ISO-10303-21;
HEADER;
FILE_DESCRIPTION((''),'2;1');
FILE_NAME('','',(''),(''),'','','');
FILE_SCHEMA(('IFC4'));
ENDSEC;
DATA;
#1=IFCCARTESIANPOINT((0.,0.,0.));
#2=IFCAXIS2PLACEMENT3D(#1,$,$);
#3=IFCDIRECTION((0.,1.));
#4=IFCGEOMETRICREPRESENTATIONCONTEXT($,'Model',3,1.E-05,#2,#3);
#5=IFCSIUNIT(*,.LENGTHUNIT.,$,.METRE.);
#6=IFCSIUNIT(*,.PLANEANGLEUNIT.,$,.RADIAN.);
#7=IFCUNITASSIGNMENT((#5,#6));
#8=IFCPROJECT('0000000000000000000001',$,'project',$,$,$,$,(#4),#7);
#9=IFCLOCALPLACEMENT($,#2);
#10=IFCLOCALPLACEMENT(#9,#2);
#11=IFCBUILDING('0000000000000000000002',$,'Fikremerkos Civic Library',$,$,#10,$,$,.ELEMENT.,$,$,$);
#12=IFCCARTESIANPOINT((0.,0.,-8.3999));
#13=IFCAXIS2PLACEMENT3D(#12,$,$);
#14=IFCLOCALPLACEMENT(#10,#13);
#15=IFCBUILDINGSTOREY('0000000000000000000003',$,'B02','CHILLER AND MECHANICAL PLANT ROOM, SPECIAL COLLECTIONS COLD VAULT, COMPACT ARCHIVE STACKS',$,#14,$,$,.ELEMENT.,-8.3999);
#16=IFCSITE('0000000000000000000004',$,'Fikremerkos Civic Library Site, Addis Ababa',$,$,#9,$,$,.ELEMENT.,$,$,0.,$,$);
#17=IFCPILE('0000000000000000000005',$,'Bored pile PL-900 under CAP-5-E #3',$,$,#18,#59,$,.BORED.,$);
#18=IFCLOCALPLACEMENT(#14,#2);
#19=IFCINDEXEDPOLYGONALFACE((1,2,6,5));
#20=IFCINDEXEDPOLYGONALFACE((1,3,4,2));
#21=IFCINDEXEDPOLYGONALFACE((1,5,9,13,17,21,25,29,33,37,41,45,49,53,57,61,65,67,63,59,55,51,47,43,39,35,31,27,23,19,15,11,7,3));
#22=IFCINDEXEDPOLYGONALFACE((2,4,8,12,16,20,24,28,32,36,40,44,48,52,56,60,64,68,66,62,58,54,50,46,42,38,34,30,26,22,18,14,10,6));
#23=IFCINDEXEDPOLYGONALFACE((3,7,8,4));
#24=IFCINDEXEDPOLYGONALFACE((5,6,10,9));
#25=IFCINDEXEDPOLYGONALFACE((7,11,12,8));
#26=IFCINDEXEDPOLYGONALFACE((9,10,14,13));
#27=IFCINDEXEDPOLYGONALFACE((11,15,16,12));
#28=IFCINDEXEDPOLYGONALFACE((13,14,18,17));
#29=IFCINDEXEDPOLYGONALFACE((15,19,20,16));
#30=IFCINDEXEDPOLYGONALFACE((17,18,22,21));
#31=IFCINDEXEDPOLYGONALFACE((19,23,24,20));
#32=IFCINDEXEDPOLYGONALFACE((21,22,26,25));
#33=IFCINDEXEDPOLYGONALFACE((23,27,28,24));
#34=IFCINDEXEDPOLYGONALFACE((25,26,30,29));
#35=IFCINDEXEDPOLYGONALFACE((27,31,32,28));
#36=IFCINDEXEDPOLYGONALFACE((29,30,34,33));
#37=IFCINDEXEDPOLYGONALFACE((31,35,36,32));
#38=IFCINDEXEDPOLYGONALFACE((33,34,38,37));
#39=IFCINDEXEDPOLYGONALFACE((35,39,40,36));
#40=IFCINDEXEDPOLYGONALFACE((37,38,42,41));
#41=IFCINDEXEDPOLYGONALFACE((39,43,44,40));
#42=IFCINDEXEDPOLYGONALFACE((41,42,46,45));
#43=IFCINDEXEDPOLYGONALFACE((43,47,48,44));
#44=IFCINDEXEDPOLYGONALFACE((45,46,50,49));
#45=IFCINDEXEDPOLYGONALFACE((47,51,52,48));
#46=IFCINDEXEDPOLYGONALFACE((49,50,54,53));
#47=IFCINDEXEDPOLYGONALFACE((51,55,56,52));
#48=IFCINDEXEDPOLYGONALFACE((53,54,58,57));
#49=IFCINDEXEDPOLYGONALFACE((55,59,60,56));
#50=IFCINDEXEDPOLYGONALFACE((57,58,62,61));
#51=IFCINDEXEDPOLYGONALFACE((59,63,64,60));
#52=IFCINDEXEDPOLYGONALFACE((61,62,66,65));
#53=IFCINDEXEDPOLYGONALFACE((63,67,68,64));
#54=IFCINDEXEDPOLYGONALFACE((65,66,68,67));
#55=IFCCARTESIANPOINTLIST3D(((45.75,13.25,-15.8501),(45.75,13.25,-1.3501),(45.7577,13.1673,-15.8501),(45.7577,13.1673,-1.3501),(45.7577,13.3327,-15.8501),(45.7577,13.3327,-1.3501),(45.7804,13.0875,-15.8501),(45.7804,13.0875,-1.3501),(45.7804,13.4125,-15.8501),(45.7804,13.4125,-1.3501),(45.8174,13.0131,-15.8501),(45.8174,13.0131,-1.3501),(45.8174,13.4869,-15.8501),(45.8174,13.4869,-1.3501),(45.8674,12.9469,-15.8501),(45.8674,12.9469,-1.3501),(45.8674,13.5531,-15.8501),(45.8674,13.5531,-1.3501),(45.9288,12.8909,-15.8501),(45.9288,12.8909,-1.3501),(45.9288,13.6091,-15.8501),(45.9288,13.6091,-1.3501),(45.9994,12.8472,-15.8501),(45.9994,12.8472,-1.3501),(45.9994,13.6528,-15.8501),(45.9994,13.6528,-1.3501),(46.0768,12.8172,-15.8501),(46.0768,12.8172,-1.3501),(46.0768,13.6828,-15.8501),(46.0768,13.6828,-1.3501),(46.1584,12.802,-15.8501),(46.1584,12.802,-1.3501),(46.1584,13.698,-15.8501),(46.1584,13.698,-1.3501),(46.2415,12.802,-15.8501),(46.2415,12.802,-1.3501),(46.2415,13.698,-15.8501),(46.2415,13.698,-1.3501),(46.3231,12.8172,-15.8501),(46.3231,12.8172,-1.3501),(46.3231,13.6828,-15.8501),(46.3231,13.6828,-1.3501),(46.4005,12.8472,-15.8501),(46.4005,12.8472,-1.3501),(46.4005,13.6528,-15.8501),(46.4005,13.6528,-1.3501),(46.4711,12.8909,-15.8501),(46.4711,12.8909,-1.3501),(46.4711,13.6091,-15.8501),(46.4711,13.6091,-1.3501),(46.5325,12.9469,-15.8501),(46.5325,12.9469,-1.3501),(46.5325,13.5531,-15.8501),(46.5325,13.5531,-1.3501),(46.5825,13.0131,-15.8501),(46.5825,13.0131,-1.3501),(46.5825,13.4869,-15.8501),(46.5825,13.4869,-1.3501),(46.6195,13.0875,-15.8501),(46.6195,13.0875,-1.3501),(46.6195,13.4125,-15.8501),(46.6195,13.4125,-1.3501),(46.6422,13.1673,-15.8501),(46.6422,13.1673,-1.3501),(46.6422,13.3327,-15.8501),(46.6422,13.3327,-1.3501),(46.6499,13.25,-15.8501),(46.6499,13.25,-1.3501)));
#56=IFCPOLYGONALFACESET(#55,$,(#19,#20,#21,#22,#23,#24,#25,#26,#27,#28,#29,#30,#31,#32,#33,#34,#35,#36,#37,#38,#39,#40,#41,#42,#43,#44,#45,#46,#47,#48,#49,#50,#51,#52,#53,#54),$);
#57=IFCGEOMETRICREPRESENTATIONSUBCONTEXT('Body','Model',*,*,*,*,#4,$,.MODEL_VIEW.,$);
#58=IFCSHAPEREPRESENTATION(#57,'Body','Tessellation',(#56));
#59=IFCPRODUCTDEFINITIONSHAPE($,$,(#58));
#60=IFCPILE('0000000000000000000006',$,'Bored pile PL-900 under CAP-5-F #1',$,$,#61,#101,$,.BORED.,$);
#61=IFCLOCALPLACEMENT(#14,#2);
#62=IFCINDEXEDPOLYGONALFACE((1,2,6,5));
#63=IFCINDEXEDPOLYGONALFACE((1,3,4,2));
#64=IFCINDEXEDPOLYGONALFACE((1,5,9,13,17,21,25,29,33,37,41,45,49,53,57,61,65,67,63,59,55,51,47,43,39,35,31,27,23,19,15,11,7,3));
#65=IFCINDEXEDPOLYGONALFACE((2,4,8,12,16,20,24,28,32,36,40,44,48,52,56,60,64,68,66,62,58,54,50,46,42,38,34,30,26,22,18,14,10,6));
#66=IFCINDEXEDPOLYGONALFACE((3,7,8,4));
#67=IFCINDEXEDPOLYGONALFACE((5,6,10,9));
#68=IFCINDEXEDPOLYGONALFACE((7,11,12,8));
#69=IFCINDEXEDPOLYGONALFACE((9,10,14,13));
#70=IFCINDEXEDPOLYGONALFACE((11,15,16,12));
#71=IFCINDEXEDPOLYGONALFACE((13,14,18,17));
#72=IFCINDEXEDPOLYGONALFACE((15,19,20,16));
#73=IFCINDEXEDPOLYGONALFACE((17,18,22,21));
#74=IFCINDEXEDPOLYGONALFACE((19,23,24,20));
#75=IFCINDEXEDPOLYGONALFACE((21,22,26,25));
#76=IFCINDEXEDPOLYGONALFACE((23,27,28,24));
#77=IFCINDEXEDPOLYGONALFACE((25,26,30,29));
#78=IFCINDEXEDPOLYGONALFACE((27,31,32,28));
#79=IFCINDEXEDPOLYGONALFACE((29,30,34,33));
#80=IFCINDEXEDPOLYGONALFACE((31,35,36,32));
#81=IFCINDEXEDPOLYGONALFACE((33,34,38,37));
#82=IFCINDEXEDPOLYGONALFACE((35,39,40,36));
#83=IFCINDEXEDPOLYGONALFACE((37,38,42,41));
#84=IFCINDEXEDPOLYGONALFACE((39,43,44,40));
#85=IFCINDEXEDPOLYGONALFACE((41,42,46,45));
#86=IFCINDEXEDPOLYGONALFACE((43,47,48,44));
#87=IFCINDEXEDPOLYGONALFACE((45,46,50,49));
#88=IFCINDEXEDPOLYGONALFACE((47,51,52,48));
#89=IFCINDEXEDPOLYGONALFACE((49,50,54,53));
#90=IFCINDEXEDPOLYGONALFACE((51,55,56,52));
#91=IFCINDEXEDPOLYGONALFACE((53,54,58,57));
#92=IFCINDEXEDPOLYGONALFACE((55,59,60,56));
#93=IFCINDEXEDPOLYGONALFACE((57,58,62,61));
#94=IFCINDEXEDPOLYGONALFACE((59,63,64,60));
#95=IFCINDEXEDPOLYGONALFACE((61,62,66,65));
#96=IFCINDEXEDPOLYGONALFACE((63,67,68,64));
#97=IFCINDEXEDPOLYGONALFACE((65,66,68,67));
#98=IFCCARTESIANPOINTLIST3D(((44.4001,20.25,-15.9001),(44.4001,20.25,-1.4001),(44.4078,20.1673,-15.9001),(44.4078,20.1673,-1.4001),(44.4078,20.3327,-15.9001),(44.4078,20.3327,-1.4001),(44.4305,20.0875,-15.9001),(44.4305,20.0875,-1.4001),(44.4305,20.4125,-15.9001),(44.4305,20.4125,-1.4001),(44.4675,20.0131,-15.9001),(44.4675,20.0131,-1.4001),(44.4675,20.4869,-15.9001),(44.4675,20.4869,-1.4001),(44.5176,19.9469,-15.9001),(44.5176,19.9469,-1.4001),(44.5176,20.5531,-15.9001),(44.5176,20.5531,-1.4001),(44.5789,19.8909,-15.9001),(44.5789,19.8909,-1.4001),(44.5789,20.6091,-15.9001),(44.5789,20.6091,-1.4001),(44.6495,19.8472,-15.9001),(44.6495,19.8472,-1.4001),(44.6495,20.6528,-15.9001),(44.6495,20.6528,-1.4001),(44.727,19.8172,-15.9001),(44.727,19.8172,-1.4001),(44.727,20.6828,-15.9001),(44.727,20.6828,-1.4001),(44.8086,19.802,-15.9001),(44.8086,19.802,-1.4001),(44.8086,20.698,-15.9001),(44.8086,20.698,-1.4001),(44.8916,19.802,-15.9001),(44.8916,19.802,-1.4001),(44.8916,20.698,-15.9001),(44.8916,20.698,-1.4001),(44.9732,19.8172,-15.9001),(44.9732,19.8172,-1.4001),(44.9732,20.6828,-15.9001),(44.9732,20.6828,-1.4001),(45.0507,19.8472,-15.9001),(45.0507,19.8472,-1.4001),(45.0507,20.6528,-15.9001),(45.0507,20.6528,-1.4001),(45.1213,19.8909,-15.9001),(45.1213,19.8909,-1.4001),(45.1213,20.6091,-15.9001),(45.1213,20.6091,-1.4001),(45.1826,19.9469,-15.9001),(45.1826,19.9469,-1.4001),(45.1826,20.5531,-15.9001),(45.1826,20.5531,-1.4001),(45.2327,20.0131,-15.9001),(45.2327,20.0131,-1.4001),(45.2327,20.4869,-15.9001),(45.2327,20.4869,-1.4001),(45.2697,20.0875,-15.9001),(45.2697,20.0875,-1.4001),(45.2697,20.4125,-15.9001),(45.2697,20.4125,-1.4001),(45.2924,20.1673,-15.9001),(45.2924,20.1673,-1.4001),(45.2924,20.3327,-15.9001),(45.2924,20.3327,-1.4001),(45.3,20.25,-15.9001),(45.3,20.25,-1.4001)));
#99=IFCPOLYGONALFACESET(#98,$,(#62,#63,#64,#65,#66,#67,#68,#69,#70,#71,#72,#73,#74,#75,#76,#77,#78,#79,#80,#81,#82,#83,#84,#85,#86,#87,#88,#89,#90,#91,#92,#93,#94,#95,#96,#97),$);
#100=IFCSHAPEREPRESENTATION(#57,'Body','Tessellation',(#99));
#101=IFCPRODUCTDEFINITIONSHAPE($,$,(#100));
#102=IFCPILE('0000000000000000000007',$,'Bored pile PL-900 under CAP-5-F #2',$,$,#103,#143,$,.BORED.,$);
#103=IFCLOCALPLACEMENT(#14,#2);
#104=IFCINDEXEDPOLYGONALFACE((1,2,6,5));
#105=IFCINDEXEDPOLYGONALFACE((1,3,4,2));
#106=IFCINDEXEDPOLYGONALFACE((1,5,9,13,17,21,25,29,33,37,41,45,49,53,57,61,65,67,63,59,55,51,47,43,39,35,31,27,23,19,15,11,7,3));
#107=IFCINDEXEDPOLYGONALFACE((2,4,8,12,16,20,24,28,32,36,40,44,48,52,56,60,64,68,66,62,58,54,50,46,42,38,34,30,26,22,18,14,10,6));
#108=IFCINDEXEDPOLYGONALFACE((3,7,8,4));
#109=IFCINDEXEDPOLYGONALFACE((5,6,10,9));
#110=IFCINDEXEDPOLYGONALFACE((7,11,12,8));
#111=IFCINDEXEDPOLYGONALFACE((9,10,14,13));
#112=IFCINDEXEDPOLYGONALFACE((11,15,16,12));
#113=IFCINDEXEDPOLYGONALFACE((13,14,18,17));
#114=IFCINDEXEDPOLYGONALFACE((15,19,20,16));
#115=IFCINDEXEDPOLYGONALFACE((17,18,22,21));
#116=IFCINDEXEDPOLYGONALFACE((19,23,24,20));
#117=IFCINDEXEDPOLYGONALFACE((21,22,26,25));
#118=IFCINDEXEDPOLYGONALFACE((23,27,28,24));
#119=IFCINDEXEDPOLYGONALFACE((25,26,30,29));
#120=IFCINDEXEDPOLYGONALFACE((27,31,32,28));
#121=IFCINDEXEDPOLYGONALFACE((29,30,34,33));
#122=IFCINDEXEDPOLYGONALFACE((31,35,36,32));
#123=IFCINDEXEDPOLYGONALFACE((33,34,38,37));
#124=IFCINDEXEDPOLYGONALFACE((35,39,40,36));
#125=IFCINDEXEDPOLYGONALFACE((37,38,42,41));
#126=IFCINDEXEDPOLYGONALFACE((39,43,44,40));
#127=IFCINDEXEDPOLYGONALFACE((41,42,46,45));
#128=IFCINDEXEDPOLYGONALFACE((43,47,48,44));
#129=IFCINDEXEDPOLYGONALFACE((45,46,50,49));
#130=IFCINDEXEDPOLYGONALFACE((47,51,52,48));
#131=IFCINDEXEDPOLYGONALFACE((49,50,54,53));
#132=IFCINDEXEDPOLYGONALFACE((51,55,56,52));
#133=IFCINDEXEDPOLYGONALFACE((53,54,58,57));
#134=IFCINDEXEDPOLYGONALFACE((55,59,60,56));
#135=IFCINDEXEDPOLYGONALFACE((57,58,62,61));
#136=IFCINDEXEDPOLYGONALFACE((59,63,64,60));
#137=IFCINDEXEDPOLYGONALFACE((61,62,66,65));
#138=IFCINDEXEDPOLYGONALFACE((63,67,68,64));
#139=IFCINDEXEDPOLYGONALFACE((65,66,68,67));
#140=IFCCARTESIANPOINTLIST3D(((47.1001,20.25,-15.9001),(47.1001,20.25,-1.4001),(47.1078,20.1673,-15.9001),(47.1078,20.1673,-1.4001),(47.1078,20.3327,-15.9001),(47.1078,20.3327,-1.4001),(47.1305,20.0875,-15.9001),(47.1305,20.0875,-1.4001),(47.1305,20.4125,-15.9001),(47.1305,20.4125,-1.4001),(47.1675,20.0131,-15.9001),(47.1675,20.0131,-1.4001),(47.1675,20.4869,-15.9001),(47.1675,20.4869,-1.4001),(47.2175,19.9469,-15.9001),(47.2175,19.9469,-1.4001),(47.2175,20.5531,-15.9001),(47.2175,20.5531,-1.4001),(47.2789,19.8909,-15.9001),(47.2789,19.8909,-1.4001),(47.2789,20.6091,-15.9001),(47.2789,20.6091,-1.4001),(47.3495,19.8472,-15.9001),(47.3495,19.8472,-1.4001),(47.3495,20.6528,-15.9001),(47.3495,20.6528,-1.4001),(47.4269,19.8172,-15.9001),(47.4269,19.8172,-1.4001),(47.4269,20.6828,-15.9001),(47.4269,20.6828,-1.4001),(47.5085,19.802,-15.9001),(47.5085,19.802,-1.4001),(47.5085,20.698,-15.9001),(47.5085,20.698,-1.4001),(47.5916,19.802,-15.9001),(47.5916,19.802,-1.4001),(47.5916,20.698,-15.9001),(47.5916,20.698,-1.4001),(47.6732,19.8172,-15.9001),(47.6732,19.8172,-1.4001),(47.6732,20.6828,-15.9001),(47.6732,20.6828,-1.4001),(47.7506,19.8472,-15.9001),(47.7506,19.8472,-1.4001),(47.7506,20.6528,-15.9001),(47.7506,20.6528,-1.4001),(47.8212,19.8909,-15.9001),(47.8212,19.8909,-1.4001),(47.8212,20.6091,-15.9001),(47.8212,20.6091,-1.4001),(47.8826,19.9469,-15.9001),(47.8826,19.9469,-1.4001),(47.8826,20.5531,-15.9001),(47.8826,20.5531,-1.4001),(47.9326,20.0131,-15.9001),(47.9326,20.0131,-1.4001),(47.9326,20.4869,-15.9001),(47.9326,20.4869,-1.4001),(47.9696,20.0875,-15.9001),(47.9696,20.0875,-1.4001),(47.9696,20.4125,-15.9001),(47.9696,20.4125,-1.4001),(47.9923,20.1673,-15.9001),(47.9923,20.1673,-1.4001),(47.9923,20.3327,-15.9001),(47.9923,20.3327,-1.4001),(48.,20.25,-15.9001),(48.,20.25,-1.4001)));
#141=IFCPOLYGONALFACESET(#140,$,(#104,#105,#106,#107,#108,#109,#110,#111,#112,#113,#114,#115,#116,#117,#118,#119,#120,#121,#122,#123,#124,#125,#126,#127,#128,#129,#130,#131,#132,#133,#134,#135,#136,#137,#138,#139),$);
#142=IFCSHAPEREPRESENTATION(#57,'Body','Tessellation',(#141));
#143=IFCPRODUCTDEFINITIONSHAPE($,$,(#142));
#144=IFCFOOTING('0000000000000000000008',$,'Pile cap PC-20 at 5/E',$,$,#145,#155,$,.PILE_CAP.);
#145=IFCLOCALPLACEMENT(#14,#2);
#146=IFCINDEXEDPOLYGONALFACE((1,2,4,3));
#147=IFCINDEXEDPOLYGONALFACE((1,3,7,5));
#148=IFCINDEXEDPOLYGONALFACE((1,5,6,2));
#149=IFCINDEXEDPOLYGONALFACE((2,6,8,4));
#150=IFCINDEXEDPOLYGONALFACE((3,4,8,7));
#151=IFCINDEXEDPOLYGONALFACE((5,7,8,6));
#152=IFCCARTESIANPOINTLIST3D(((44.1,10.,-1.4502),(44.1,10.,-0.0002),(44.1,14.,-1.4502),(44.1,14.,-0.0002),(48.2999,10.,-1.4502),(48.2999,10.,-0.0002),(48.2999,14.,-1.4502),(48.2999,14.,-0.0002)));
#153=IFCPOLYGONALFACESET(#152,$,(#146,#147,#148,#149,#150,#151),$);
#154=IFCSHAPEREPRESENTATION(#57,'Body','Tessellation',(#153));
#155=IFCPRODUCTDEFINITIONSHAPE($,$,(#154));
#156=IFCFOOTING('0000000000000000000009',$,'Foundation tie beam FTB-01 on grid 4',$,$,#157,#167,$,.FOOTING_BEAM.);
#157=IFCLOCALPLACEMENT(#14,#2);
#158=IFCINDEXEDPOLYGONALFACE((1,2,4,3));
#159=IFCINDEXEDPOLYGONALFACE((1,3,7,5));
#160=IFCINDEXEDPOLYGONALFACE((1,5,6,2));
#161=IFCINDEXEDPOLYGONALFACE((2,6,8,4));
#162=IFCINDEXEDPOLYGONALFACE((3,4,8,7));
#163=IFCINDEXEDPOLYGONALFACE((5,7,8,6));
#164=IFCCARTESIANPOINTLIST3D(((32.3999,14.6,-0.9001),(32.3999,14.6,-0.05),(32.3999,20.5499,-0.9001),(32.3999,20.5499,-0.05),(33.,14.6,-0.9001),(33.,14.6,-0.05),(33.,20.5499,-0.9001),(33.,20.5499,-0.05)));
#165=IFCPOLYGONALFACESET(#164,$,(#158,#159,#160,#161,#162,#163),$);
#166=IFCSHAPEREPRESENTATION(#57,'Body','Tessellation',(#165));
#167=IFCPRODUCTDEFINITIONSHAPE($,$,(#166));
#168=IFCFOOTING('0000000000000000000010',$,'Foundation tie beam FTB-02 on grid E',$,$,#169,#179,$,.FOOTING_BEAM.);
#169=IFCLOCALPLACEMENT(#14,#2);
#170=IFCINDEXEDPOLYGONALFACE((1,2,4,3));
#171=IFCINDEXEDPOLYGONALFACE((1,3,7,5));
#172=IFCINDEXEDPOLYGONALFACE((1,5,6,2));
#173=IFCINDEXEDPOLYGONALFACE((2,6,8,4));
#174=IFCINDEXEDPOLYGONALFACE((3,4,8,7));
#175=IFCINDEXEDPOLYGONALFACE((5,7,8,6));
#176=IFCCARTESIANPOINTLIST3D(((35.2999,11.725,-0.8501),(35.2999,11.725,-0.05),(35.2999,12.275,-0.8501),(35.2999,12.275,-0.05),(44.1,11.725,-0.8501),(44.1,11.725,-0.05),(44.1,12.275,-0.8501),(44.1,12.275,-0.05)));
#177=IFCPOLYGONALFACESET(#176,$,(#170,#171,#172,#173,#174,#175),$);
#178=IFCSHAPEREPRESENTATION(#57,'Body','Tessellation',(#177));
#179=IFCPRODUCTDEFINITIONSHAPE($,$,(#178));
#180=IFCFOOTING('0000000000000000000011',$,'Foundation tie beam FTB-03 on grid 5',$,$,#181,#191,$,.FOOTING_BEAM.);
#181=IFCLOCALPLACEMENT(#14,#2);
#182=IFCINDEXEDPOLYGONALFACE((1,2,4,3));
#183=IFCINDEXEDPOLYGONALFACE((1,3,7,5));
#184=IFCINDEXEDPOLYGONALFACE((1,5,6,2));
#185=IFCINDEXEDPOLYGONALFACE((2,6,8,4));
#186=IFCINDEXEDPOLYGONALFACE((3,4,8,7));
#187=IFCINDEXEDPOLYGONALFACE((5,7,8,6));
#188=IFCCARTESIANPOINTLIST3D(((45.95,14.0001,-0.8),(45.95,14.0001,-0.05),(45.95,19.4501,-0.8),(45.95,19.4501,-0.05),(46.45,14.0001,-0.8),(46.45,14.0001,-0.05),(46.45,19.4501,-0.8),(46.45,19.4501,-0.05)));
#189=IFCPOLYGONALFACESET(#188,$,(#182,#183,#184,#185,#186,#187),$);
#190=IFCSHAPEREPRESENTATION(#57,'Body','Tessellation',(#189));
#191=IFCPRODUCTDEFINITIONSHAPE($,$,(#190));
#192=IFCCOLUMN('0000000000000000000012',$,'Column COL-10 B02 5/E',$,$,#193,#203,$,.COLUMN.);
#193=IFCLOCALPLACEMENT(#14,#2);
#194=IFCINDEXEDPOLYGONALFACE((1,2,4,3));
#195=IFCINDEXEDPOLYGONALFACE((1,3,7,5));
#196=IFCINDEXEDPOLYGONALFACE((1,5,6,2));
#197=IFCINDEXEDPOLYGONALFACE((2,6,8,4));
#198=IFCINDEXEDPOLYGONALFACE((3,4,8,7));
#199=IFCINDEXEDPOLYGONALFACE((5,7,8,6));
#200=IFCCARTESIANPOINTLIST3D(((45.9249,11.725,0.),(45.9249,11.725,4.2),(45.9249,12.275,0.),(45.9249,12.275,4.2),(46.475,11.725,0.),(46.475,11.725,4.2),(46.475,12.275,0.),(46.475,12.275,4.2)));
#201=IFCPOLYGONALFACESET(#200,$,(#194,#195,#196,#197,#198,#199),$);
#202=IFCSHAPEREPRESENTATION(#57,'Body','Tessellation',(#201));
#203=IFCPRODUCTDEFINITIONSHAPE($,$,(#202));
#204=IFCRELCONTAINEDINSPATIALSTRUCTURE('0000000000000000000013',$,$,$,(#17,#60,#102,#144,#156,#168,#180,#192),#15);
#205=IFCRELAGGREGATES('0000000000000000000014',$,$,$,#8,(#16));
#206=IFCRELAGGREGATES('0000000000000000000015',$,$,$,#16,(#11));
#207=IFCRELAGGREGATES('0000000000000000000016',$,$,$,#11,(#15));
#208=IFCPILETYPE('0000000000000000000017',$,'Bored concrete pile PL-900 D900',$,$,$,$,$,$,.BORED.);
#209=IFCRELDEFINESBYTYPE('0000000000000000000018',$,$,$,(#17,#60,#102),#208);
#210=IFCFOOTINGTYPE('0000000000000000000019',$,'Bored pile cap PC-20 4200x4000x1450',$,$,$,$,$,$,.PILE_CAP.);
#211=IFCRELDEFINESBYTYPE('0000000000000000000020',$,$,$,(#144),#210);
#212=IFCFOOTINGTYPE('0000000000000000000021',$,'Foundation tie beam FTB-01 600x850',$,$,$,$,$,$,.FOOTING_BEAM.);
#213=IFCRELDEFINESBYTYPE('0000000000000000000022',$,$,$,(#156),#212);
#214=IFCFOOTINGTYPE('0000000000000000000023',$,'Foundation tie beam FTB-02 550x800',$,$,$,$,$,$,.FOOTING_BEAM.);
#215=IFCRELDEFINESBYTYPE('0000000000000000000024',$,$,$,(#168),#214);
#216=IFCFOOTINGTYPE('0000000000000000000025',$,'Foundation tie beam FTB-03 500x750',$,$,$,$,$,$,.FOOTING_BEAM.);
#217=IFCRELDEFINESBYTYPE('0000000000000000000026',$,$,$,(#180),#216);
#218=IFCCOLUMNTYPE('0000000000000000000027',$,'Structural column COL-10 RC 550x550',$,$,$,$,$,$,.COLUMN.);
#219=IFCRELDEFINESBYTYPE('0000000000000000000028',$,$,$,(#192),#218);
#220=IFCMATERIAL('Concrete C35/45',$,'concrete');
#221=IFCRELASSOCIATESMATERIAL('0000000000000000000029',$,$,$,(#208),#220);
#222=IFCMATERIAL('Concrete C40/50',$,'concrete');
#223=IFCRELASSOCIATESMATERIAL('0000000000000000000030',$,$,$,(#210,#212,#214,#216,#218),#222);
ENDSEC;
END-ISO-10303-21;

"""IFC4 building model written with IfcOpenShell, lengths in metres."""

from ifc_helpers import new_model, si_unit, direction, frame, origin, origin_2d, place, context, subcontext, project, spatial, rectangle, circle, extrude, material, material_profile, profile_set, type_object, element, save


model = new_model("IFC4")

# Units and contexts
model_context = context("Model", 3, precision=1e-05, world=origin(), true_north=direction((0.0, 1.0)))
body_context = subcontext(model_context, "Body", "Model", "MODEL_VIEW")
ifc_project = project(units=[si_unit("LENGTHUNIT", "METRE"), si_unit("PLANEANGLEUNIT", "RADIAN")], contexts=[model_context])

# Site, building, storey
site_placement = place(None, origin())
site = spatial("IfcSite", under=ifc_project, at=site_placement, Name="Fikremerkos Civic Library Site, Addis Ababa", CompositionType="ELEMENT", RefElevation=0.0)
building_placement = place(site_placement, origin())
building = spatial("IfcBuilding", under=site, at=building_placement, Name="Fikremerkos Civic Library", CompositionType="ELEMENT")
storey_placement = place(building_placement, frame((0.0, 0.0, -8.3999)))
storey = spatial("IfcBuildingStorey", under=building, at=storey_placement, Name="B02", Description="CHILLER AND MECHANICAL PLANT ROOM, SPECIAL COLLECTIONS COLD VAULT, COMPACT ARCHIVE STACKS", CompositionType="ELEMENT", Elevation=-8.3999)

# Piles
ifc_material_1 = material(Name="Concrete C35/45", Category="concrete")
ifc_material_profile_1 = material_profile(ifc_material_1, circle(Radius=0.45, at=origin_2d()), Name="BORED PILE 900")
ifc_profile_set_1 = profile_set([ifc_material_profile_1], Name="Concrete C35/45")
pile_type_1 = type_object("IfcPileType", Name="Bored concrete pile PL-900 D900", PredefinedType="BORED", material=ifc_profile_set_1)
for number, where, z_axis, x_axis, name in (
    (1, (46.2, 13.25, -1.3501), (0.0, 0.0, -1.0), (1.0, 0.0, 0.0), "Bored pile PL-900 under CAP-5-E #3"),
    (2, (44.8501, 20.25, -1.4001), (0.0, 0.0, -1.0), (1.0, 0.0, 0.0), "Bored pile PL-900 under CAP-5-F #1"),
    (3, (47.55, 20.25, -1.4001), (0.0, 0.0, -1.0), (1.0, 0.0, 0.0), "Bored pile PL-900 under CAP-5-F #2"),
):
    element("IfcPile", number, at=place(storey_placement, frame(where, z_axis=z_axis, x_axis=x_axis)), inside=storey, type_object=pile_type_1, Name=name, PredefinedType="BORED", context=body_context, shape_type="SweptSolid", body=[
        extrude(circle(Radius=0.45, at=origin_2d()), origin(), (0.0, 0.0, 1.0), 14.5),
    ])

# Footings
ifc_material_2 = material(Name="Concrete C40/50", Category="concrete")
footing_type_1 = type_object("IfcFootingType", Name="Bored pile cap PC-20 4200x4000x1450", PredefinedType="PILE_CAP", material=ifc_material_2)
footing_1_placement = place(storey_placement, frame((46.2, 12.0, -1.4502), z_axis=(0.0, 0.0, 1.0), x_axis=(1.0, 0.0, 0.0)))
element("IfcFooting", 4, at=footing_1_placement, inside=storey, type_object=footing_type_1, Name="Pile cap PC-20 at 5/E", PredefinedType="PILE_CAP", context=body_context, shape_type="SweptSolid", body=[
    extrude(rectangle(XDim=4.2, YDim=4.0, at=origin_2d()), origin(), (0.0, 0.0, 1.0), 1.45),
])
footing_type_2 = type_object("IfcFootingType", Name="Foundation tie beam FTB-01 600x850", PredefinedType="FOOTING_BEAM", material=ifc_material_2)
footing_2_placement = place(storey_placement, frame((32.7, 17.575, -0.9001), z_axis=(0.0, 0.0, 1.0), x_axis=(0.0, 1.0, 0.0)))
element("IfcFooting", 5, at=footing_2_placement, inside=storey, type_object=footing_type_2, Name="Foundation tie beam FTB-01 on grid 4", PredefinedType="FOOTING_BEAM", context=body_context, shape_type="SweptSolid", body=[
    extrude(rectangle(XDim=5.95, YDim=0.6001, at=origin_2d()), origin(), (0.0, 0.0, 1.0), 0.8501),
])
footing_type_3 = type_object("IfcFootingType", Name="Foundation tie beam FTB-02 550x800", PredefinedType="FOOTING_BEAM", material=ifc_material_2)
footing_3_placement = place(storey_placement, frame((39.7, 12.0, -0.8501), z_axis=(0.0, 0.0, 1.0), x_axis=(1.0, 0.0, 0.0)))
element("IfcFooting", 6, at=footing_3_placement, inside=storey, type_object=footing_type_3, Name="Foundation tie beam FTB-02 on grid E", PredefinedType="FOOTING_BEAM", context=body_context, shape_type="SweptSolid", body=[
    extrude(rectangle(XDim=8.8, YDim=0.55, at=origin_2d()), origin(), (0.0, 0.0, 1.0), 0.8),
])
footing_type_4 = type_object("IfcFootingType", Name="Foundation tie beam FTB-03 500x750", PredefinedType="FOOTING_BEAM", material=ifc_material_2)
footing_4_placement = place(storey_placement, frame((46.2, 16.7251, -0.8), z_axis=(0.0, 0.0, 1.0), x_axis=(0.0, 1.0, 0.0)))
element("IfcFooting", 7, at=footing_4_placement, inside=storey, type_object=footing_type_4, Name="Foundation tie beam FTB-03 on grid 5", PredefinedType="FOOTING_BEAM", context=body_context, shape_type="SweptSolid", body=[
    extrude(rectangle(XDim=5.45, YDim=0.5, at=origin_2d()), origin(), (0.0, 0.0, 1.0), 0.75),
])

# Column
ifc_material_profile_2 = material_profile(ifc_material_2, rectangle(XDim=0.55, YDim=0.55, at=origin_2d()), Name="RC 550x550")
ifc_profile_set_2 = profile_set([ifc_material_profile_2], Name="Concrete C40/50")
column_type = type_object("IfcColumnType", Name="Structural column COL-10 RC 550x550", PredefinedType="COLUMN", material=ifc_profile_set_2)
column_placement = place(storey_placement, frame((46.2, 12.0, 0.0), z_axis=(0.0, 0.0, 1.0), x_axis=(1.0, 0.0, 0.0)))
element("IfcColumn", 8, at=column_placement, inside=storey, type_object=column_type, Name="Column COL-10 B02 5/E", PredefinedType="COLUMN", context=body_context, shape_type="SweptSolid", body=[
    extrude(rectangle(XDim=0.55, YDim=0.55, at=origin_2d()), origin(), (0.0, 0.0, 1.0), 4.2),
])

save(model, "model.ifc")
